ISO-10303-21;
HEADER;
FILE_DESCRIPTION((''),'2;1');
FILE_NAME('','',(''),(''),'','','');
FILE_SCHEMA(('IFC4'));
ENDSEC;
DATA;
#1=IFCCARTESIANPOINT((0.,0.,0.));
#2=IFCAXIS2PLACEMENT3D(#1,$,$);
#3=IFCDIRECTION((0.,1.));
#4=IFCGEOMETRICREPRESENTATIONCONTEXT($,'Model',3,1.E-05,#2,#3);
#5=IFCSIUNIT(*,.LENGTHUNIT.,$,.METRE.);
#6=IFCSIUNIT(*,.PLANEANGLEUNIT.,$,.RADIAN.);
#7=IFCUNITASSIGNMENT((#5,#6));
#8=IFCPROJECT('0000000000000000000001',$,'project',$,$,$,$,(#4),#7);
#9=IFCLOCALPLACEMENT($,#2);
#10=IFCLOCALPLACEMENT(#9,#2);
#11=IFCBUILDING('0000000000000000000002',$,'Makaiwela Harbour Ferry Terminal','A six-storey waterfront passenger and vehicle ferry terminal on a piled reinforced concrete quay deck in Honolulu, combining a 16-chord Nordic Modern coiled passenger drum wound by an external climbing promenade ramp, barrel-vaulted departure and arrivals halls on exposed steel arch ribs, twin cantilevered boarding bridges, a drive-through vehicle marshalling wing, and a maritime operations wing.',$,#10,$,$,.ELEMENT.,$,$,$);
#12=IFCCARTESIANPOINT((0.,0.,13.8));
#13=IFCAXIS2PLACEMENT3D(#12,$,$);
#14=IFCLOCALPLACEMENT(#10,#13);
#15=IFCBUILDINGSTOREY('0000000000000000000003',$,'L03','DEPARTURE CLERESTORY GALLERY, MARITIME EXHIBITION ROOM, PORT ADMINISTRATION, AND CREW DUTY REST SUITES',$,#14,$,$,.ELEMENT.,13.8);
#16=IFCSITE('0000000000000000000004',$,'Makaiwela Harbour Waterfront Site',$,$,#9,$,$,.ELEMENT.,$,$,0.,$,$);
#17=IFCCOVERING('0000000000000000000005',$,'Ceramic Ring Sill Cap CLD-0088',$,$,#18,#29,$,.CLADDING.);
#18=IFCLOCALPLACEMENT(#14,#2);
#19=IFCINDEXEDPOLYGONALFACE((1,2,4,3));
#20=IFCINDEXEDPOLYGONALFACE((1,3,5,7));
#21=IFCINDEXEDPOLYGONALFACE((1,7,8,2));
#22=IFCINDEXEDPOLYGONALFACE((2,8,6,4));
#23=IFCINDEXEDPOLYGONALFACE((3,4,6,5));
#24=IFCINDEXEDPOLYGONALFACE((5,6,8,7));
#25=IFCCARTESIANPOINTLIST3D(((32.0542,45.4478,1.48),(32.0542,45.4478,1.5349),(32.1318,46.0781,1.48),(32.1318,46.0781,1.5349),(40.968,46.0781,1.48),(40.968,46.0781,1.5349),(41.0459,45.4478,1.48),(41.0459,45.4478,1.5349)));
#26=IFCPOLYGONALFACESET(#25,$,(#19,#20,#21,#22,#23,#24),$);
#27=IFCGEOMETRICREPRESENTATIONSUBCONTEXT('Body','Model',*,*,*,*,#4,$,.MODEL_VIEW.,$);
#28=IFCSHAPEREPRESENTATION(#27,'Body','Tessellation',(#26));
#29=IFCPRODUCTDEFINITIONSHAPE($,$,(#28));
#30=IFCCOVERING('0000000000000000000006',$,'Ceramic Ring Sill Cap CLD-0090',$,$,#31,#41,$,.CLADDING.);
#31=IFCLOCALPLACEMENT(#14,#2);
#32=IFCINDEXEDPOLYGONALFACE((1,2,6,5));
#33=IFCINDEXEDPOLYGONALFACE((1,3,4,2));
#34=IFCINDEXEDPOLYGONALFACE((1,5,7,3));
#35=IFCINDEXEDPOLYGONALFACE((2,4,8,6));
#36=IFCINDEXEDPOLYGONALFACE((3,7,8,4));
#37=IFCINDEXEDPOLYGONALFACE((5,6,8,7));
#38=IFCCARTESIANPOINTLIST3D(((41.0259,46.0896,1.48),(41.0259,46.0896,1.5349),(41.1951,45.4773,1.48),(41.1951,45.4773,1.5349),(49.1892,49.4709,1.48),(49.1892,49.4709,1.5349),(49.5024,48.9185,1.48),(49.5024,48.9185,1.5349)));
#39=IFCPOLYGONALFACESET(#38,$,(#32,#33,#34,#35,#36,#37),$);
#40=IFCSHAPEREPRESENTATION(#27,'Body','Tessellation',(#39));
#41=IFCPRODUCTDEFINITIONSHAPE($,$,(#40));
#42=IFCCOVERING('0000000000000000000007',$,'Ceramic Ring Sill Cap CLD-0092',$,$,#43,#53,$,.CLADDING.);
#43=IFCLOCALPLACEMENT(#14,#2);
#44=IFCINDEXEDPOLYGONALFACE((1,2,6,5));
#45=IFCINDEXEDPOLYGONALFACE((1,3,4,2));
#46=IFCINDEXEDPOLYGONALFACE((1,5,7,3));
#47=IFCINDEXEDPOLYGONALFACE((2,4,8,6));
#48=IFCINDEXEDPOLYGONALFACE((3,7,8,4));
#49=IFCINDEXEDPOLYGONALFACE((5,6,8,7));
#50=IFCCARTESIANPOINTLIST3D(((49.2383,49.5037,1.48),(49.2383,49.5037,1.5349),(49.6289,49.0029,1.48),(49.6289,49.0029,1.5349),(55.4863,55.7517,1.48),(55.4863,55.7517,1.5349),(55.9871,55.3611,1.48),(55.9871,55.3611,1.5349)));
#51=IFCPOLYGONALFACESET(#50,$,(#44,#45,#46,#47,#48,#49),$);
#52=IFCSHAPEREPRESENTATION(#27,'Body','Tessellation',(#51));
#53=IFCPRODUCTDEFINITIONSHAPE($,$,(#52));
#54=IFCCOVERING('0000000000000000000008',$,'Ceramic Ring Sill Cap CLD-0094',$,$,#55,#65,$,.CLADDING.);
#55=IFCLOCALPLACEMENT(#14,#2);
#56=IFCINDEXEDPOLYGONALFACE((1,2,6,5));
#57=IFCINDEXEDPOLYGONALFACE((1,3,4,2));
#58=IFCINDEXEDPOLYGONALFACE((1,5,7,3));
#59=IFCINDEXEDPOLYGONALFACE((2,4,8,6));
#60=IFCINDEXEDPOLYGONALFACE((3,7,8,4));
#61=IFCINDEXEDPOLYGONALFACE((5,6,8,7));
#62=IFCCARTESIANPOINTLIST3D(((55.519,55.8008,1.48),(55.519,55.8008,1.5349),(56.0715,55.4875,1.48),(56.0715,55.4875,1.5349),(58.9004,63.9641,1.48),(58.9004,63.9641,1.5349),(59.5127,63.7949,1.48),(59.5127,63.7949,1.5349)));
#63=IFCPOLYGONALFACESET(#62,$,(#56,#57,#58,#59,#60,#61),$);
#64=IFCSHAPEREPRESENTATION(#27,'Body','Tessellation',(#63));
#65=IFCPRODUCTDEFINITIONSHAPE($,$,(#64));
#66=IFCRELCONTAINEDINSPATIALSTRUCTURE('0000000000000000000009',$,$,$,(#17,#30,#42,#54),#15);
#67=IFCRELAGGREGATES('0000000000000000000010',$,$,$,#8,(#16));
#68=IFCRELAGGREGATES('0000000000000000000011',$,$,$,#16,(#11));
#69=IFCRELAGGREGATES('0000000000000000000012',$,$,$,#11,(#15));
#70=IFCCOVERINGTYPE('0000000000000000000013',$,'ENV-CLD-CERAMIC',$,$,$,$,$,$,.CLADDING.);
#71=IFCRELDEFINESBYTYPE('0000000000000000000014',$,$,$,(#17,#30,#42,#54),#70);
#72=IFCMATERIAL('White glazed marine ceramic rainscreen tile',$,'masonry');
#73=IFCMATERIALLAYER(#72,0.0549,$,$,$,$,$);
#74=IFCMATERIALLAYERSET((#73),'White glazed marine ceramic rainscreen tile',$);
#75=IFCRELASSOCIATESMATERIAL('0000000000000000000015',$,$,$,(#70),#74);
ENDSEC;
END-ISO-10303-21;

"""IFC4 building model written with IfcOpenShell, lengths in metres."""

from ifc_helpers import new_model, si_unit, direction, frame, origin, place, context, subcontext, project, spatial, polyline, outline, extrude, material, layer, layer_set, type_object, element, save


model = new_model("IFC4")

# Units and contexts
model_context = context("Model", 3, precision=1e-05, world=origin(), true_north=direction((0.0, 1.0)))
body_context = subcontext(model_context, "Body", "Model", "MODEL_VIEW")
ifc_project = project(units=[si_unit("LENGTHUNIT", "METRE"), si_unit("PLANEANGLEUNIT", "RADIAN")], contexts=[model_context])

# Site, building, storey
site_placement = place(None, origin())
site = spatial("IfcSite", under=ifc_project, at=site_placement, Name="Makaiwela Harbour Waterfront Site", CompositionType="ELEMENT", RefElevation=0.0)
building_placement = place(site_placement, origin())
building = spatial("IfcBuilding", under=site, at=building_placement, Name="Makaiwela Harbour Ferry Terminal", Description="A six-storey waterfront passenger and vehicle ferry terminal on a piled reinforced concrete quay deck in Honolulu, combining a 16-chord Nordic Modern coiled passenger drum wound by an external climbing promenade ramp, barrel-vaulted departure and arrivals halls on exposed steel arch ribs, twin cantilevered boarding bridges, a drive-through vehicle marshalling wing, and a maritime operations wing.", CompositionType="ELEMENT")
storey_placement = place(building_placement, frame((0.0, 0.0, 13.8)))
storey = spatial("IfcBuildingStorey", under=building, at=storey_placement, Name="L03", Description="DEPARTURE CLERESTORY GALLERY, MARITIME EXHIBITION ROOM, PORT ADMINISTRATION, AND CREW DUTY REST SUITES", CompositionType="ELEMENT", Elevation=13.8)

# Coverings
ifc_material_1 = material(Name="White glazed marine ceramic rainscreen tile", Category="masonry")
ifc_layer_1 = layer(ifc_material_1, 0.0549)
ifc_layer_set_1 = layer_set([ifc_layer_1], Name="White glazed marine ceramic rainscreen tile")
covering_type_1 = type_object("IfcCoveringType", Name="ENV-CLD-CERAMIC", PredefinedType="CLADDING", material=ifc_layer_set_1)
covering_1_placement = place(storey_placement, frame((0.0, 0.0, 1.48)))
element("IfcCovering", 1, at=covering_1_placement, inside=storey, type_object=covering_type_1, Name="Ceramic Ring Sill Cap CLD-0088", PredefinedType="CLADDING", context=body_context, shape_type="SweptSolid", body=[
    extrude(outline(polyline([(32.0542, 45.4478), (41.0459, 45.4478), (40.968, 46.0781), (32.1318, 46.0781), (32.0542, 45.4478)])), origin(), (0.0, 0.0, 1.0), 0.0549),
])
covering_2_placement = place(storey_placement, frame((0.0, 0.0, 1.48)))
element("IfcCovering", 2, at=covering_2_placement, inside=storey, type_object=covering_type_1, Name="Ceramic Ring Sill Cap CLD-0090", PredefinedType="CLADDING", context=body_context, shape_type="SweptSolid", body=[
    extrude(outline(polyline([(41.1951, 45.4773), (49.5024, 48.9185), (49.1892, 49.4709), (41.0259, 46.0896), (41.1951, 45.4773)])), origin(), (0.0, 0.0, 1.0), 0.0549),
])
covering_3_placement = place(storey_placement, frame((0.0, 0.0, 1.48)))
element("IfcCovering", 3, at=covering_3_placement, inside=storey, type_object=covering_type_1, Name="Ceramic Ring Sill Cap CLD-0092", PredefinedType="CLADDING", context=body_context, shape_type="SweptSolid", body=[
    extrude(outline(polyline([(49.6289, 49.0029), (55.9871, 55.3611), (55.4863, 55.7517), (49.2383, 49.5037), (49.6289, 49.0029)])), origin(), (0.0, 0.0, 1.0), 0.0549),
])
covering_4_placement = place(storey_placement, frame((0.0, 0.0, 1.48)))
element("IfcCovering", 4, at=covering_4_placement, inside=storey, type_object=covering_type_1, Name="Ceramic Ring Sill Cap CLD-0094", PredefinedType="CLADDING", context=body_context, shape_type="SweptSolid", body=[
    extrude(outline(polyline([(56.0715, 55.4875), (59.5127, 63.7949), (58.9004, 63.9641), (55.519, 55.8008), (56.0715, 55.4875)])), origin(), (0.0, 0.0, 1.0), 0.0549),
])

save(model, "model.ifc")
